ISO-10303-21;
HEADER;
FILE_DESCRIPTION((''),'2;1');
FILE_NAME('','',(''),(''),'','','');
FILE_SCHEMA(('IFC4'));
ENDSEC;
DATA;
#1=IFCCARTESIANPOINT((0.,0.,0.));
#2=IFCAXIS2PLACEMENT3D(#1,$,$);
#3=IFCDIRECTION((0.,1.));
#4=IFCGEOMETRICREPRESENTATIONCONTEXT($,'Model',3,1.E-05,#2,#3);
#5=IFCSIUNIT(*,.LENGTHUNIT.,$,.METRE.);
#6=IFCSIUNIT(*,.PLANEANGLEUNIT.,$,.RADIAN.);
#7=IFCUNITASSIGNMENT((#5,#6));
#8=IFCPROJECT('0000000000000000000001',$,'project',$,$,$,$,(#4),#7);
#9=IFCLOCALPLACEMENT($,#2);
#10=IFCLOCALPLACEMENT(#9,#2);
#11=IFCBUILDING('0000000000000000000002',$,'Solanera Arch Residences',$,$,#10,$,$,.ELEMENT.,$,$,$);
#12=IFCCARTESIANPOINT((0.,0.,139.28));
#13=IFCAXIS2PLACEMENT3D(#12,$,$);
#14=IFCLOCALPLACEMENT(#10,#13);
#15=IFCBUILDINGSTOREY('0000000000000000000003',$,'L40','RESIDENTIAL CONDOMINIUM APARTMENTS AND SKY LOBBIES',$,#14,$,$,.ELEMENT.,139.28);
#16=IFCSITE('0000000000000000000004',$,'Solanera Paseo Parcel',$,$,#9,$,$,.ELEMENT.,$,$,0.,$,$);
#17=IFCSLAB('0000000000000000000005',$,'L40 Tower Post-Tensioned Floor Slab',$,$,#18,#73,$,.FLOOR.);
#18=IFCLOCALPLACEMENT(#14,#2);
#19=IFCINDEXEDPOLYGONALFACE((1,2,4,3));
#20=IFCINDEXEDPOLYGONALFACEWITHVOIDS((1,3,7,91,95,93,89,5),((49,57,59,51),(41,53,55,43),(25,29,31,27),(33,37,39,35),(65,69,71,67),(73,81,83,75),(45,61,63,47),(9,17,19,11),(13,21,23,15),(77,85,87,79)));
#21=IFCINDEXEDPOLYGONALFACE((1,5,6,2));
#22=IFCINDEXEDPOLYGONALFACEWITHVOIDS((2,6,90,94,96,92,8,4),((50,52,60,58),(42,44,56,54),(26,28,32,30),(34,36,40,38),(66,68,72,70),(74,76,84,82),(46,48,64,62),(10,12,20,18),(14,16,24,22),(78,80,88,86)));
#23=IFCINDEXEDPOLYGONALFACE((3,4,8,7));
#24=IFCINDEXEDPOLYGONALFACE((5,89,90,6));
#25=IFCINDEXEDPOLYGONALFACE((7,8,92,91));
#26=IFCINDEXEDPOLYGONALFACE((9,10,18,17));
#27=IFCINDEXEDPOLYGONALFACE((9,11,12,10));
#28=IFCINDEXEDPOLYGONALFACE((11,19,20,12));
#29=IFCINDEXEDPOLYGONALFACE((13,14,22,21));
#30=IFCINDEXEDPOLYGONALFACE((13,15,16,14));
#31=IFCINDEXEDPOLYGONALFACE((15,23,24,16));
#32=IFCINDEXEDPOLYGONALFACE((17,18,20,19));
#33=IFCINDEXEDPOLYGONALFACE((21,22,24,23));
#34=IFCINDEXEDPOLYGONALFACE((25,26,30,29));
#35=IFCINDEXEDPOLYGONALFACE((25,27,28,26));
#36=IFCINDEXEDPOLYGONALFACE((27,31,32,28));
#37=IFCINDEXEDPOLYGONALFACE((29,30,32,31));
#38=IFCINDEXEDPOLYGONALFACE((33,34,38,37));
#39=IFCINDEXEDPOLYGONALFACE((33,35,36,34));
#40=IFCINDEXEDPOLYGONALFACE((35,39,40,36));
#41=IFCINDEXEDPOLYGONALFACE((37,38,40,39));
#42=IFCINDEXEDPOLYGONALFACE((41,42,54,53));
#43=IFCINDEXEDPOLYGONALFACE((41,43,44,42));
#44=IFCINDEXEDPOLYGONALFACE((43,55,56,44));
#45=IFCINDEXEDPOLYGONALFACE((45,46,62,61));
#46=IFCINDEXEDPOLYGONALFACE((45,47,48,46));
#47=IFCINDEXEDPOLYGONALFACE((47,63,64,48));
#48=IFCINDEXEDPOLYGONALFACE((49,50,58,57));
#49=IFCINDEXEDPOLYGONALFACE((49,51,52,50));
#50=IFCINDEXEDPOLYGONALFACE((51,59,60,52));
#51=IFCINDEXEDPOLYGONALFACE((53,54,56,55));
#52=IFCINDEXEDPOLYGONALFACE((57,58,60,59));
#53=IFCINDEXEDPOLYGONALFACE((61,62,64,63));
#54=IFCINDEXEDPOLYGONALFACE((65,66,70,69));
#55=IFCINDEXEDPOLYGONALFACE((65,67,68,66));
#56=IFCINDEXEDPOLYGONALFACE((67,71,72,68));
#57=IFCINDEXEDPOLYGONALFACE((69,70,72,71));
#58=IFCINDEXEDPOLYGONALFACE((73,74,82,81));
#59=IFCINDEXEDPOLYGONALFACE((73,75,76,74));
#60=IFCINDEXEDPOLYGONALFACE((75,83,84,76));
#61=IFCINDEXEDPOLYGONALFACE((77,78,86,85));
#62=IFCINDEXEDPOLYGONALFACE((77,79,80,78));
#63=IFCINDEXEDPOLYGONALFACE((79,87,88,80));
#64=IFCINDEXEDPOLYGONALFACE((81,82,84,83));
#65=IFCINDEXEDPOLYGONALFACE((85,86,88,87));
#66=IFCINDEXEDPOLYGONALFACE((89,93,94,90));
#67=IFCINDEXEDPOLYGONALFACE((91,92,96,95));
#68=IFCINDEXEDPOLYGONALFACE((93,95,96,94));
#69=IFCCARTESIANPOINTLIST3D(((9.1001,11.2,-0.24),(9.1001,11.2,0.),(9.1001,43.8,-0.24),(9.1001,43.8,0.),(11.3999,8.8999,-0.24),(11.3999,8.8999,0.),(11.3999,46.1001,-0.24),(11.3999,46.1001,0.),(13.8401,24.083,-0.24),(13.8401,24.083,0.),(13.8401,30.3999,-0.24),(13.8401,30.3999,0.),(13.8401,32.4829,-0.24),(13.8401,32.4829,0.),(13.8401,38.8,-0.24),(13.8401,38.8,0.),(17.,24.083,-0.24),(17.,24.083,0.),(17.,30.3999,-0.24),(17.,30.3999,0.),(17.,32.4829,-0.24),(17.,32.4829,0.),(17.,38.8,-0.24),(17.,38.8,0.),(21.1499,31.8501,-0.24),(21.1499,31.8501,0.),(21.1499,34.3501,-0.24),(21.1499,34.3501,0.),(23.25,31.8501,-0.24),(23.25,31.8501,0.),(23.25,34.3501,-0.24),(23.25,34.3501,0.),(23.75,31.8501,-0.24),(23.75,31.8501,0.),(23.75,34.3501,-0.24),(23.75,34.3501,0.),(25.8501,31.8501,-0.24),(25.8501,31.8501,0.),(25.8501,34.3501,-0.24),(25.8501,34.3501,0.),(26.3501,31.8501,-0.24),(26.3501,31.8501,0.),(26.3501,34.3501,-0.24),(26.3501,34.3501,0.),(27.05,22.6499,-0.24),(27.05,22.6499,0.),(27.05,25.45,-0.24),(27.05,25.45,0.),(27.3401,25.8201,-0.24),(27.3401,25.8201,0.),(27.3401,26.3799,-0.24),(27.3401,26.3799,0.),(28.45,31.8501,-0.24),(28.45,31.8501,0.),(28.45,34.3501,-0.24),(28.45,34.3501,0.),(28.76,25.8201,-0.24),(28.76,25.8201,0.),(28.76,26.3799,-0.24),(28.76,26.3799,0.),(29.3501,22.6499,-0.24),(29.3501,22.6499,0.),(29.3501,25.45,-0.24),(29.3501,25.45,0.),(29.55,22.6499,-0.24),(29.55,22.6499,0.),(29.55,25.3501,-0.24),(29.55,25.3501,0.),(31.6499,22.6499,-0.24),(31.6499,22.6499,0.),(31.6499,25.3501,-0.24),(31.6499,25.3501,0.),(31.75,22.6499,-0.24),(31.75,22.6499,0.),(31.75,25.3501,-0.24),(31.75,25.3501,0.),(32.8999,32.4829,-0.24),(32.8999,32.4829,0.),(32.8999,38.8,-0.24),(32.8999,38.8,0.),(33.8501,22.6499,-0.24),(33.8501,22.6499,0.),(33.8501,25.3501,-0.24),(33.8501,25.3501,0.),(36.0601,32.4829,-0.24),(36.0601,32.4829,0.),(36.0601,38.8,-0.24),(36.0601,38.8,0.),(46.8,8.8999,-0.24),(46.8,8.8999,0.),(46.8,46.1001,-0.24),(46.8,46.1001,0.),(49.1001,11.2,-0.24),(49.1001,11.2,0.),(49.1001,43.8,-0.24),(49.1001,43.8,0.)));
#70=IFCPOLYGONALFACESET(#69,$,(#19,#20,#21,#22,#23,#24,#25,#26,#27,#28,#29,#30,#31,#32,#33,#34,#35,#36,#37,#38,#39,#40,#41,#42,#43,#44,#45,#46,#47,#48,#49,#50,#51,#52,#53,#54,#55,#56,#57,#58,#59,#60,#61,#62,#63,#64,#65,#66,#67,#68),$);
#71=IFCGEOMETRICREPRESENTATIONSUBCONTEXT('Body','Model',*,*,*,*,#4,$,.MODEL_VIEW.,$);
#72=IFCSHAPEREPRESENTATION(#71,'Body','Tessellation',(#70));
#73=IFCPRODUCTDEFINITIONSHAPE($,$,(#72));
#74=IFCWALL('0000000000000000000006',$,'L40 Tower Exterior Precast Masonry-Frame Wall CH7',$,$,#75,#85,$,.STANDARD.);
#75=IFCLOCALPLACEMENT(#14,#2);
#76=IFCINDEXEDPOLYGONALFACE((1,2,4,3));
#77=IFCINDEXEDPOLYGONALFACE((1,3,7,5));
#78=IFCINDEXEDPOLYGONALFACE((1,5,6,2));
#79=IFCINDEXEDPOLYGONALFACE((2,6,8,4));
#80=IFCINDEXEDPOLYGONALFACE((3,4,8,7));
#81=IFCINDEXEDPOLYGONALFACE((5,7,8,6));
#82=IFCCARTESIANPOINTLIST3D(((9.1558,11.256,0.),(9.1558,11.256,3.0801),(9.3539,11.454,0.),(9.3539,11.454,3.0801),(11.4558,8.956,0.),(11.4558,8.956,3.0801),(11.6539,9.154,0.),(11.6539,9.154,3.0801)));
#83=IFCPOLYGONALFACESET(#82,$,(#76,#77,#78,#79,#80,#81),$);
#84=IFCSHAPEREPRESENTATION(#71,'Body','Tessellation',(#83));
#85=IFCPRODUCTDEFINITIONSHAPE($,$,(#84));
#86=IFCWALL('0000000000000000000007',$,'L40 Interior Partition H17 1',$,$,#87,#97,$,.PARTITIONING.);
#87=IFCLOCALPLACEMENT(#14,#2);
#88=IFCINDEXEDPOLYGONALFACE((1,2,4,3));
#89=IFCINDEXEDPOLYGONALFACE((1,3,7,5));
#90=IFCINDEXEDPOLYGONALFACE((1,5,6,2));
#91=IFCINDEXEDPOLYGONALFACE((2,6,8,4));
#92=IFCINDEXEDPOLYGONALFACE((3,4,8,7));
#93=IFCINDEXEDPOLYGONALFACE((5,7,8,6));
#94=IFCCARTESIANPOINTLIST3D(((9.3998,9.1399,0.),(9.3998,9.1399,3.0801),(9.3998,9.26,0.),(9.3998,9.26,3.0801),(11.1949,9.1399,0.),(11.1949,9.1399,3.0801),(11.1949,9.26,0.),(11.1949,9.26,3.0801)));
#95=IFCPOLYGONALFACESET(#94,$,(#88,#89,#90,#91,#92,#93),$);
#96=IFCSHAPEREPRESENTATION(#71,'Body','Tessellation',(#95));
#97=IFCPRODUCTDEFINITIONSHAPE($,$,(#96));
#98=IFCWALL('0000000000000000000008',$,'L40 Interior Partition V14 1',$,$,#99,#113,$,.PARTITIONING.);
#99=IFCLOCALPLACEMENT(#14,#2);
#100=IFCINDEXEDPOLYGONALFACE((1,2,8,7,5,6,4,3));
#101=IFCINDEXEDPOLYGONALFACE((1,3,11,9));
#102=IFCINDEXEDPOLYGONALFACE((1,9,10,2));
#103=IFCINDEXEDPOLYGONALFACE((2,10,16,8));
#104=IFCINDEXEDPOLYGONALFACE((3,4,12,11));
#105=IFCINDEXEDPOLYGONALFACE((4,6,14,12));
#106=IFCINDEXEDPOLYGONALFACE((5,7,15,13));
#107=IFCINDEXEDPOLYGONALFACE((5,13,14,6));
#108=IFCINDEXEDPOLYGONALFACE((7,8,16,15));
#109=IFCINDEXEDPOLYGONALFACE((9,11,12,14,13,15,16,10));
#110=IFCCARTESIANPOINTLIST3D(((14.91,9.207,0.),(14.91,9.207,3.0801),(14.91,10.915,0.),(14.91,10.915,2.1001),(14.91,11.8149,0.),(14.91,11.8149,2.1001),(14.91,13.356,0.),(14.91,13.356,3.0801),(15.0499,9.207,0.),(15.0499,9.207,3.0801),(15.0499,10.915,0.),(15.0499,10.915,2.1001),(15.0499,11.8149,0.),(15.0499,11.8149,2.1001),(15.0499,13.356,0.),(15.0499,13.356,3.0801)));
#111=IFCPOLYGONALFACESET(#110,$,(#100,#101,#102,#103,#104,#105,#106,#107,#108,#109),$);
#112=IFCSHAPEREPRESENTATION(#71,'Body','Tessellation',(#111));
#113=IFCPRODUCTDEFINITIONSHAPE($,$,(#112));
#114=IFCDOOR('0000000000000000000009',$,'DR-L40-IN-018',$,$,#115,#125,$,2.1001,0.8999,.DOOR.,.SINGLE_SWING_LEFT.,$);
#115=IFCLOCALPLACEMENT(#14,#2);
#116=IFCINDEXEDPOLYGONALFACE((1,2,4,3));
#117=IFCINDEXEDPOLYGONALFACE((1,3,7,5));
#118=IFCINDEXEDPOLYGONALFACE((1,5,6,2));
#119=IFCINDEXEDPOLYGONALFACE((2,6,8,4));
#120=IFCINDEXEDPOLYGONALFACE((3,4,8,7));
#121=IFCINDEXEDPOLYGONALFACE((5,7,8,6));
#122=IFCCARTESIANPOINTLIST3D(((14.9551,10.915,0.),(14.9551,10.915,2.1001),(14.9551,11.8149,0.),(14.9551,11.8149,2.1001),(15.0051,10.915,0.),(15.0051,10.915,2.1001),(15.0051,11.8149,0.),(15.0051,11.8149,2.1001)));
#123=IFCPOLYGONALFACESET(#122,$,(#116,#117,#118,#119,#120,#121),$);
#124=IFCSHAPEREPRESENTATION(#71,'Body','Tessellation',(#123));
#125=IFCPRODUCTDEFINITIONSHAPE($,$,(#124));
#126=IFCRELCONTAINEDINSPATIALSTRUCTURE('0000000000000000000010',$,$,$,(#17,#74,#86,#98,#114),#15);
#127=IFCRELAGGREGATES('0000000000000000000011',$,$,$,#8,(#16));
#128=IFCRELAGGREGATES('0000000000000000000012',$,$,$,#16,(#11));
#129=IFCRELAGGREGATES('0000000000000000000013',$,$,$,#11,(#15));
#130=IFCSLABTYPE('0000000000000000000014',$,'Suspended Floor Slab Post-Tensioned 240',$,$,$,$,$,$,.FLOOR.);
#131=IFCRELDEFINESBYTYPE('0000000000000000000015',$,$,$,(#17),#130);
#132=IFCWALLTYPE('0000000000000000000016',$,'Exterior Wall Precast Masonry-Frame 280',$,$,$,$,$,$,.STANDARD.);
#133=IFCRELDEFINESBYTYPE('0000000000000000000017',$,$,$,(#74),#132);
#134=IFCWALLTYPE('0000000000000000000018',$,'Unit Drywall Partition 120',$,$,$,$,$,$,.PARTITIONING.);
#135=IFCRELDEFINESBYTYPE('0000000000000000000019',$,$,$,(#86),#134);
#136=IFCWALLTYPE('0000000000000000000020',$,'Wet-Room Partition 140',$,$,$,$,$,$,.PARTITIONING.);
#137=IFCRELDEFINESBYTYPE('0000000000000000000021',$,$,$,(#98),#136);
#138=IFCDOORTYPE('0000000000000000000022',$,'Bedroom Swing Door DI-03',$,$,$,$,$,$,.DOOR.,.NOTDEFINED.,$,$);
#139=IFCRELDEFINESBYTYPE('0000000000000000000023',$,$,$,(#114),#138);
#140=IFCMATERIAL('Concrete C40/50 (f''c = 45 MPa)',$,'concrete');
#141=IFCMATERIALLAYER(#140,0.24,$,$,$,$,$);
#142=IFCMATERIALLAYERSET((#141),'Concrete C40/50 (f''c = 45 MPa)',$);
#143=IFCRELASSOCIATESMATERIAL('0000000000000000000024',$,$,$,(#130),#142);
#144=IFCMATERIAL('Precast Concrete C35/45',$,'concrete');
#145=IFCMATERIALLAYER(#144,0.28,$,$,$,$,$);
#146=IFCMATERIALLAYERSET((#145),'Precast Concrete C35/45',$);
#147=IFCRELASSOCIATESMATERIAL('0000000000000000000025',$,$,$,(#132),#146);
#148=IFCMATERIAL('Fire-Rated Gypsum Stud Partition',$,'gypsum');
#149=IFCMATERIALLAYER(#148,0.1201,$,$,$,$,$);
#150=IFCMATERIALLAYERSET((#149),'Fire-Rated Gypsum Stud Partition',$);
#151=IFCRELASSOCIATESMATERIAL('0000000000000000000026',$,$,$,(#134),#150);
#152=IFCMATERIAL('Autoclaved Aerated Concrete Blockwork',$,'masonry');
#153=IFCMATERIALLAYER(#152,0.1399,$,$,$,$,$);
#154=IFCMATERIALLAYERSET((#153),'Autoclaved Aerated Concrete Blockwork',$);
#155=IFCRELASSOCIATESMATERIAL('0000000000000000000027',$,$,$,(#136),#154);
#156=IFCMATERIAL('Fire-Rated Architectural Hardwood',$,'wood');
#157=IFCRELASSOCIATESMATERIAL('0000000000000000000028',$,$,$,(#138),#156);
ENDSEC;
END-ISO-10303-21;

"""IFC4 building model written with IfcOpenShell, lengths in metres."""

from ifc_helpers import new_model, si_unit, direction, frame, frame_2d, origin, place, context, subcontext, project, spatial, polyline, rectangle, outline, extrude, material, layer, layer_set, type_object, element, fill, save


model = new_model("IFC4")

# Units and contexts
model_context = context("Model", 3, precision=1e-05, world=origin(), true_north=direction((0.0, 1.0)))
body_context = subcontext(model_context, "Body", "Model", "MODEL_VIEW")
ifc_project = project(units=[si_unit("LENGTHUNIT", "METRE"), si_unit("PLANEANGLEUNIT", "RADIAN")], contexts=[model_context])

# Site, building, storey
site_placement = place(None, origin())
site = spatial("IfcSite", under=ifc_project, at=site_placement, Name="Solanera Paseo Parcel", CompositionType="ELEMENT", RefElevation=0.0)
building_placement = place(site_placement, origin())
building = spatial("IfcBuilding", under=site, at=building_placement, Name="Solanera Arch Residences", CompositionType="ELEMENT")
storey_placement = place(building_placement, frame((0.0, 0.0, 139.28)))
storey = spatial("IfcBuildingStorey", under=building, at=storey_placement, Name="L40", Description="RESIDENTIAL CONDOMINIUM APARTMENTS AND SKY LOBBIES", CompositionType="ELEMENT", Elevation=139.28)

# Slab
ifc_material_1 = material(Name="Concrete C40/50 (f'c = 45 MPa)", Category="concrete")
ifc_layer_1 = layer(ifc_material_1, 0.24)
ifc_layer_set_1 = layer_set([ifc_layer_1], Name="Concrete C40/50 (f'c = 45 MPa)")
slab_type_1 = type_object("IfcSlabType", Name="Suspended Floor Slab Post-Tensioned 240", PredefinedType="FLOOR", material=ifc_layer_set_1)
slab_1_placement = place(storey_placement, frame((0.0, 0.0, -0.24)))
element("IfcSlab", 1, at=slab_1_placement, inside=storey, type_object=slab_type_1, Name="L40 Tower Post-Tensioned Floor Slab", PredefinedType="FLOOR", context=body_context, shape_type="SweptSolid", body=[
    extrude(outline(polyline([(11.3999, 8.8999), (46.8, 8.8999), (49.1001, 11.2), (49.1001, 43.8), (46.8, 46.1001), (11.3999, 46.1001), (9.1001, 43.8), (9.1001, 11.2), (11.3999, 8.8999)]), holes=[polyline([(13.8401, 32.4829), (13.8401, 38.8), (17.0, 38.8), (17.0, 32.4829), (13.8401, 32.4829)]), polyline([(32.8999, 32.4829), (32.8999, 38.8), (36.0601, 38.8), (36.0601, 32.4829), (32.8999, 32.4829)]), polyline([(13.8401, 24.083), (13.8401, 30.3999), (17.0, 30.3999), (17.0, 24.083), (13.8401, 24.083)]), polyline([(21.1499, 34.3501), (23.25, 34.3501), (23.25, 31.8501), (21.1499, 31.8501), (21.1499, 34.3501)]), polyline([(23.75, 34.3501), (25.8501, 34.3501), (25.8501, 31.8501), (23.75, 31.8501), (23.75, 34.3501)]), polyline([(26.3501, 34.3501), (28.45, 34.3501), (28.45, 31.8501), (26.3501, 31.8501), (26.3501, 34.3501)]), polyline([(29.55, 25.3501), (31.6499, 25.3501), (31.6499, 22.6499), (29.55, 22.6499), (29.55, 25.3501)]), polyline([(31.75, 25.3501), (33.8501, 25.3501), (33.8501, 22.6499), (31.75, 22.6499), (31.75, 25.3501)]), polyline([(27.05, 25.45), (29.3501, 25.45), (29.3501, 22.6499), (27.05, 22.6499), (27.05, 25.45)]), polyline([(27.3401, 26.3799), (28.76, 26.3799), (28.76, 25.8201), (27.3401, 25.8201), (27.3401, 26.3799)])]), origin(), (0.0, 0.0, 1.0), 0.24),
])

# Walls
ifc_material_2 = material(Name="Precast Concrete C35/45", Category="concrete")
ifc_layer_2 = layer(ifc_material_2, 0.28)
ifc_layer_set_2 = layer_set([ifc_layer_2], Name="Precast Concrete C35/45")
wall_type_1 = type_object("IfcWallType", Name="Exterior Wall Precast Masonry-Frame 280", PredefinedType="STANDARD", material=ifc_layer_set_2)
wall_1_placement = place(storey_placement, frame((11.5549, 9.0549, 0.0), z_axis=(0.0, 0.0, 1.0), x_axis=(-0.707107, 0.707107, 0.0)))
element("IfcWall", 2, at=wall_1_placement, inside=storey, type_object=wall_type_1, Name="L40 Tower Exterior Precast Masonry-Frame Wall CH7", PredefinedType="STANDARD", context=body_context, shape_type="SweptSolid", body=[
    extrude(rectangle(XDim=3.2527, YDim=0.28, at=frame_2d((1.6265, 0.0))), origin(), (0.0, 0.0, 1.0), 3.0801),
])
ifc_material_3 = material(Name="Fire-Rated Gypsum Stud Partition", Category="gypsum")
ifc_layer_3 = layer(ifc_material_3, 0.1201)
ifc_layer_set_3 = layer_set([ifc_layer_3], Name="Fire-Rated Gypsum Stud Partition")
wall_type_2 = type_object("IfcWallType", Name="Unit Drywall Partition 120", PredefinedType="PARTITIONING", material=ifc_layer_set_3)
wall_2_placement = place(storey_placement, frame((9.3999, 9.2, 0.0), z_axis=(0.0, 0.0, 1.0), x_axis=(1.0, 0.0, 0.0)))
element("IfcWall", 3, at=wall_2_placement, inside=storey, type_object=wall_type_2, Name="L40 Interior Partition H17 1", PredefinedType="PARTITIONING", context=body_context, shape_type="SweptSolid", body=[
    extrude(rectangle(XDim=1.7952, YDim=0.1201, at=frame_2d((0.8975, 0.0))), origin(), (0.0, 0.0, 1.0), 3.0801),
])

# Wall, opening, door
ifc_material_4 = material(Name="Autoclaved Aerated Concrete Blockwork", Category="masonry")
ifc_layer_4 = layer(ifc_material_4, 0.1399)
ifc_layer_set_4 = layer_set([ifc_layer_4], Name="Autoclaved Aerated Concrete Blockwork")
wall_type_3 = type_object("IfcWallType", Name="Wet-Room Partition 140", PredefinedType="PARTITIONING", material=ifc_layer_set_4)
wall_3_placement = place(storey_placement, frame((14.98, 9.207, 0.0), z_axis=(0.0, 0.0, 1.0), x_axis=(0.0, 1.0, 0.0)))
wall_3 = element("IfcWall", 4, at=wall_3_placement, inside=storey, type_object=wall_type_3, Name="L40 Interior Partition V14 1", PredefinedType="PARTITIONING", context=body_context, shape_type="SweptSolid", body=[
    extrude(rectangle(XDim=4.1489, YDim=0.1399, at=frame_2d((2.0745, 0.0))), origin(), (0.0, 0.0, 1.0), 3.0801),
])
opening_placement = place(wall_3_placement, frame((1.708, 0.0, 0.0)))
opening = element("IfcOpeningElement", 5, at=opening_placement, cuts=wall_3, PredefinedType="OPENING", context=body_context, shape_type="SweptSolid", body=[
    extrude(rectangle(XDim=0.8999, YDim=2.1001, at=frame_2d((0.45, 1.05))), frame((0.0, 0.0798, 0.0), z_axis=(0.0, -1.0, 0.0), x_axis=(1.0, 0.0, 0.0)), (0.0, 0.0, 1.0), 0.1599),
])
ifc_material_5 = material(Name="Fire-Rated Architectural Hardwood", Category="wood")
door_type = type_object("IfcDoorType", Name="Bedroom Swing Door DI-03", OperationType="NOTDEFINED", PredefinedType="DOOR", material=ifc_material_5)
door_placement = place(opening_placement, origin())
door = element("IfcDoor", 6, at=door_placement, inside=storey, type_object=door_type, Name="DR-L40-IN-018", OperationType="SINGLE_SWING_LEFT", OverallHeight=2.1001, OverallWidth=0.8999, PredefinedType="DOOR", context=body_context, shape_type="SweptSolid", body=[
    extrude(rectangle(XDim=0.8999, YDim=2.1001, at=frame_2d((0.45, 1.05))), frame((0.0, 0.0249, 0.0), z_axis=(0.0, -1.0, 0.0), x_axis=(1.0, 0.0, 0.0)), (0.0, 0.0, 1.0), 0.05),
])
fill(opening, door)

save(model, "model.ifc")
